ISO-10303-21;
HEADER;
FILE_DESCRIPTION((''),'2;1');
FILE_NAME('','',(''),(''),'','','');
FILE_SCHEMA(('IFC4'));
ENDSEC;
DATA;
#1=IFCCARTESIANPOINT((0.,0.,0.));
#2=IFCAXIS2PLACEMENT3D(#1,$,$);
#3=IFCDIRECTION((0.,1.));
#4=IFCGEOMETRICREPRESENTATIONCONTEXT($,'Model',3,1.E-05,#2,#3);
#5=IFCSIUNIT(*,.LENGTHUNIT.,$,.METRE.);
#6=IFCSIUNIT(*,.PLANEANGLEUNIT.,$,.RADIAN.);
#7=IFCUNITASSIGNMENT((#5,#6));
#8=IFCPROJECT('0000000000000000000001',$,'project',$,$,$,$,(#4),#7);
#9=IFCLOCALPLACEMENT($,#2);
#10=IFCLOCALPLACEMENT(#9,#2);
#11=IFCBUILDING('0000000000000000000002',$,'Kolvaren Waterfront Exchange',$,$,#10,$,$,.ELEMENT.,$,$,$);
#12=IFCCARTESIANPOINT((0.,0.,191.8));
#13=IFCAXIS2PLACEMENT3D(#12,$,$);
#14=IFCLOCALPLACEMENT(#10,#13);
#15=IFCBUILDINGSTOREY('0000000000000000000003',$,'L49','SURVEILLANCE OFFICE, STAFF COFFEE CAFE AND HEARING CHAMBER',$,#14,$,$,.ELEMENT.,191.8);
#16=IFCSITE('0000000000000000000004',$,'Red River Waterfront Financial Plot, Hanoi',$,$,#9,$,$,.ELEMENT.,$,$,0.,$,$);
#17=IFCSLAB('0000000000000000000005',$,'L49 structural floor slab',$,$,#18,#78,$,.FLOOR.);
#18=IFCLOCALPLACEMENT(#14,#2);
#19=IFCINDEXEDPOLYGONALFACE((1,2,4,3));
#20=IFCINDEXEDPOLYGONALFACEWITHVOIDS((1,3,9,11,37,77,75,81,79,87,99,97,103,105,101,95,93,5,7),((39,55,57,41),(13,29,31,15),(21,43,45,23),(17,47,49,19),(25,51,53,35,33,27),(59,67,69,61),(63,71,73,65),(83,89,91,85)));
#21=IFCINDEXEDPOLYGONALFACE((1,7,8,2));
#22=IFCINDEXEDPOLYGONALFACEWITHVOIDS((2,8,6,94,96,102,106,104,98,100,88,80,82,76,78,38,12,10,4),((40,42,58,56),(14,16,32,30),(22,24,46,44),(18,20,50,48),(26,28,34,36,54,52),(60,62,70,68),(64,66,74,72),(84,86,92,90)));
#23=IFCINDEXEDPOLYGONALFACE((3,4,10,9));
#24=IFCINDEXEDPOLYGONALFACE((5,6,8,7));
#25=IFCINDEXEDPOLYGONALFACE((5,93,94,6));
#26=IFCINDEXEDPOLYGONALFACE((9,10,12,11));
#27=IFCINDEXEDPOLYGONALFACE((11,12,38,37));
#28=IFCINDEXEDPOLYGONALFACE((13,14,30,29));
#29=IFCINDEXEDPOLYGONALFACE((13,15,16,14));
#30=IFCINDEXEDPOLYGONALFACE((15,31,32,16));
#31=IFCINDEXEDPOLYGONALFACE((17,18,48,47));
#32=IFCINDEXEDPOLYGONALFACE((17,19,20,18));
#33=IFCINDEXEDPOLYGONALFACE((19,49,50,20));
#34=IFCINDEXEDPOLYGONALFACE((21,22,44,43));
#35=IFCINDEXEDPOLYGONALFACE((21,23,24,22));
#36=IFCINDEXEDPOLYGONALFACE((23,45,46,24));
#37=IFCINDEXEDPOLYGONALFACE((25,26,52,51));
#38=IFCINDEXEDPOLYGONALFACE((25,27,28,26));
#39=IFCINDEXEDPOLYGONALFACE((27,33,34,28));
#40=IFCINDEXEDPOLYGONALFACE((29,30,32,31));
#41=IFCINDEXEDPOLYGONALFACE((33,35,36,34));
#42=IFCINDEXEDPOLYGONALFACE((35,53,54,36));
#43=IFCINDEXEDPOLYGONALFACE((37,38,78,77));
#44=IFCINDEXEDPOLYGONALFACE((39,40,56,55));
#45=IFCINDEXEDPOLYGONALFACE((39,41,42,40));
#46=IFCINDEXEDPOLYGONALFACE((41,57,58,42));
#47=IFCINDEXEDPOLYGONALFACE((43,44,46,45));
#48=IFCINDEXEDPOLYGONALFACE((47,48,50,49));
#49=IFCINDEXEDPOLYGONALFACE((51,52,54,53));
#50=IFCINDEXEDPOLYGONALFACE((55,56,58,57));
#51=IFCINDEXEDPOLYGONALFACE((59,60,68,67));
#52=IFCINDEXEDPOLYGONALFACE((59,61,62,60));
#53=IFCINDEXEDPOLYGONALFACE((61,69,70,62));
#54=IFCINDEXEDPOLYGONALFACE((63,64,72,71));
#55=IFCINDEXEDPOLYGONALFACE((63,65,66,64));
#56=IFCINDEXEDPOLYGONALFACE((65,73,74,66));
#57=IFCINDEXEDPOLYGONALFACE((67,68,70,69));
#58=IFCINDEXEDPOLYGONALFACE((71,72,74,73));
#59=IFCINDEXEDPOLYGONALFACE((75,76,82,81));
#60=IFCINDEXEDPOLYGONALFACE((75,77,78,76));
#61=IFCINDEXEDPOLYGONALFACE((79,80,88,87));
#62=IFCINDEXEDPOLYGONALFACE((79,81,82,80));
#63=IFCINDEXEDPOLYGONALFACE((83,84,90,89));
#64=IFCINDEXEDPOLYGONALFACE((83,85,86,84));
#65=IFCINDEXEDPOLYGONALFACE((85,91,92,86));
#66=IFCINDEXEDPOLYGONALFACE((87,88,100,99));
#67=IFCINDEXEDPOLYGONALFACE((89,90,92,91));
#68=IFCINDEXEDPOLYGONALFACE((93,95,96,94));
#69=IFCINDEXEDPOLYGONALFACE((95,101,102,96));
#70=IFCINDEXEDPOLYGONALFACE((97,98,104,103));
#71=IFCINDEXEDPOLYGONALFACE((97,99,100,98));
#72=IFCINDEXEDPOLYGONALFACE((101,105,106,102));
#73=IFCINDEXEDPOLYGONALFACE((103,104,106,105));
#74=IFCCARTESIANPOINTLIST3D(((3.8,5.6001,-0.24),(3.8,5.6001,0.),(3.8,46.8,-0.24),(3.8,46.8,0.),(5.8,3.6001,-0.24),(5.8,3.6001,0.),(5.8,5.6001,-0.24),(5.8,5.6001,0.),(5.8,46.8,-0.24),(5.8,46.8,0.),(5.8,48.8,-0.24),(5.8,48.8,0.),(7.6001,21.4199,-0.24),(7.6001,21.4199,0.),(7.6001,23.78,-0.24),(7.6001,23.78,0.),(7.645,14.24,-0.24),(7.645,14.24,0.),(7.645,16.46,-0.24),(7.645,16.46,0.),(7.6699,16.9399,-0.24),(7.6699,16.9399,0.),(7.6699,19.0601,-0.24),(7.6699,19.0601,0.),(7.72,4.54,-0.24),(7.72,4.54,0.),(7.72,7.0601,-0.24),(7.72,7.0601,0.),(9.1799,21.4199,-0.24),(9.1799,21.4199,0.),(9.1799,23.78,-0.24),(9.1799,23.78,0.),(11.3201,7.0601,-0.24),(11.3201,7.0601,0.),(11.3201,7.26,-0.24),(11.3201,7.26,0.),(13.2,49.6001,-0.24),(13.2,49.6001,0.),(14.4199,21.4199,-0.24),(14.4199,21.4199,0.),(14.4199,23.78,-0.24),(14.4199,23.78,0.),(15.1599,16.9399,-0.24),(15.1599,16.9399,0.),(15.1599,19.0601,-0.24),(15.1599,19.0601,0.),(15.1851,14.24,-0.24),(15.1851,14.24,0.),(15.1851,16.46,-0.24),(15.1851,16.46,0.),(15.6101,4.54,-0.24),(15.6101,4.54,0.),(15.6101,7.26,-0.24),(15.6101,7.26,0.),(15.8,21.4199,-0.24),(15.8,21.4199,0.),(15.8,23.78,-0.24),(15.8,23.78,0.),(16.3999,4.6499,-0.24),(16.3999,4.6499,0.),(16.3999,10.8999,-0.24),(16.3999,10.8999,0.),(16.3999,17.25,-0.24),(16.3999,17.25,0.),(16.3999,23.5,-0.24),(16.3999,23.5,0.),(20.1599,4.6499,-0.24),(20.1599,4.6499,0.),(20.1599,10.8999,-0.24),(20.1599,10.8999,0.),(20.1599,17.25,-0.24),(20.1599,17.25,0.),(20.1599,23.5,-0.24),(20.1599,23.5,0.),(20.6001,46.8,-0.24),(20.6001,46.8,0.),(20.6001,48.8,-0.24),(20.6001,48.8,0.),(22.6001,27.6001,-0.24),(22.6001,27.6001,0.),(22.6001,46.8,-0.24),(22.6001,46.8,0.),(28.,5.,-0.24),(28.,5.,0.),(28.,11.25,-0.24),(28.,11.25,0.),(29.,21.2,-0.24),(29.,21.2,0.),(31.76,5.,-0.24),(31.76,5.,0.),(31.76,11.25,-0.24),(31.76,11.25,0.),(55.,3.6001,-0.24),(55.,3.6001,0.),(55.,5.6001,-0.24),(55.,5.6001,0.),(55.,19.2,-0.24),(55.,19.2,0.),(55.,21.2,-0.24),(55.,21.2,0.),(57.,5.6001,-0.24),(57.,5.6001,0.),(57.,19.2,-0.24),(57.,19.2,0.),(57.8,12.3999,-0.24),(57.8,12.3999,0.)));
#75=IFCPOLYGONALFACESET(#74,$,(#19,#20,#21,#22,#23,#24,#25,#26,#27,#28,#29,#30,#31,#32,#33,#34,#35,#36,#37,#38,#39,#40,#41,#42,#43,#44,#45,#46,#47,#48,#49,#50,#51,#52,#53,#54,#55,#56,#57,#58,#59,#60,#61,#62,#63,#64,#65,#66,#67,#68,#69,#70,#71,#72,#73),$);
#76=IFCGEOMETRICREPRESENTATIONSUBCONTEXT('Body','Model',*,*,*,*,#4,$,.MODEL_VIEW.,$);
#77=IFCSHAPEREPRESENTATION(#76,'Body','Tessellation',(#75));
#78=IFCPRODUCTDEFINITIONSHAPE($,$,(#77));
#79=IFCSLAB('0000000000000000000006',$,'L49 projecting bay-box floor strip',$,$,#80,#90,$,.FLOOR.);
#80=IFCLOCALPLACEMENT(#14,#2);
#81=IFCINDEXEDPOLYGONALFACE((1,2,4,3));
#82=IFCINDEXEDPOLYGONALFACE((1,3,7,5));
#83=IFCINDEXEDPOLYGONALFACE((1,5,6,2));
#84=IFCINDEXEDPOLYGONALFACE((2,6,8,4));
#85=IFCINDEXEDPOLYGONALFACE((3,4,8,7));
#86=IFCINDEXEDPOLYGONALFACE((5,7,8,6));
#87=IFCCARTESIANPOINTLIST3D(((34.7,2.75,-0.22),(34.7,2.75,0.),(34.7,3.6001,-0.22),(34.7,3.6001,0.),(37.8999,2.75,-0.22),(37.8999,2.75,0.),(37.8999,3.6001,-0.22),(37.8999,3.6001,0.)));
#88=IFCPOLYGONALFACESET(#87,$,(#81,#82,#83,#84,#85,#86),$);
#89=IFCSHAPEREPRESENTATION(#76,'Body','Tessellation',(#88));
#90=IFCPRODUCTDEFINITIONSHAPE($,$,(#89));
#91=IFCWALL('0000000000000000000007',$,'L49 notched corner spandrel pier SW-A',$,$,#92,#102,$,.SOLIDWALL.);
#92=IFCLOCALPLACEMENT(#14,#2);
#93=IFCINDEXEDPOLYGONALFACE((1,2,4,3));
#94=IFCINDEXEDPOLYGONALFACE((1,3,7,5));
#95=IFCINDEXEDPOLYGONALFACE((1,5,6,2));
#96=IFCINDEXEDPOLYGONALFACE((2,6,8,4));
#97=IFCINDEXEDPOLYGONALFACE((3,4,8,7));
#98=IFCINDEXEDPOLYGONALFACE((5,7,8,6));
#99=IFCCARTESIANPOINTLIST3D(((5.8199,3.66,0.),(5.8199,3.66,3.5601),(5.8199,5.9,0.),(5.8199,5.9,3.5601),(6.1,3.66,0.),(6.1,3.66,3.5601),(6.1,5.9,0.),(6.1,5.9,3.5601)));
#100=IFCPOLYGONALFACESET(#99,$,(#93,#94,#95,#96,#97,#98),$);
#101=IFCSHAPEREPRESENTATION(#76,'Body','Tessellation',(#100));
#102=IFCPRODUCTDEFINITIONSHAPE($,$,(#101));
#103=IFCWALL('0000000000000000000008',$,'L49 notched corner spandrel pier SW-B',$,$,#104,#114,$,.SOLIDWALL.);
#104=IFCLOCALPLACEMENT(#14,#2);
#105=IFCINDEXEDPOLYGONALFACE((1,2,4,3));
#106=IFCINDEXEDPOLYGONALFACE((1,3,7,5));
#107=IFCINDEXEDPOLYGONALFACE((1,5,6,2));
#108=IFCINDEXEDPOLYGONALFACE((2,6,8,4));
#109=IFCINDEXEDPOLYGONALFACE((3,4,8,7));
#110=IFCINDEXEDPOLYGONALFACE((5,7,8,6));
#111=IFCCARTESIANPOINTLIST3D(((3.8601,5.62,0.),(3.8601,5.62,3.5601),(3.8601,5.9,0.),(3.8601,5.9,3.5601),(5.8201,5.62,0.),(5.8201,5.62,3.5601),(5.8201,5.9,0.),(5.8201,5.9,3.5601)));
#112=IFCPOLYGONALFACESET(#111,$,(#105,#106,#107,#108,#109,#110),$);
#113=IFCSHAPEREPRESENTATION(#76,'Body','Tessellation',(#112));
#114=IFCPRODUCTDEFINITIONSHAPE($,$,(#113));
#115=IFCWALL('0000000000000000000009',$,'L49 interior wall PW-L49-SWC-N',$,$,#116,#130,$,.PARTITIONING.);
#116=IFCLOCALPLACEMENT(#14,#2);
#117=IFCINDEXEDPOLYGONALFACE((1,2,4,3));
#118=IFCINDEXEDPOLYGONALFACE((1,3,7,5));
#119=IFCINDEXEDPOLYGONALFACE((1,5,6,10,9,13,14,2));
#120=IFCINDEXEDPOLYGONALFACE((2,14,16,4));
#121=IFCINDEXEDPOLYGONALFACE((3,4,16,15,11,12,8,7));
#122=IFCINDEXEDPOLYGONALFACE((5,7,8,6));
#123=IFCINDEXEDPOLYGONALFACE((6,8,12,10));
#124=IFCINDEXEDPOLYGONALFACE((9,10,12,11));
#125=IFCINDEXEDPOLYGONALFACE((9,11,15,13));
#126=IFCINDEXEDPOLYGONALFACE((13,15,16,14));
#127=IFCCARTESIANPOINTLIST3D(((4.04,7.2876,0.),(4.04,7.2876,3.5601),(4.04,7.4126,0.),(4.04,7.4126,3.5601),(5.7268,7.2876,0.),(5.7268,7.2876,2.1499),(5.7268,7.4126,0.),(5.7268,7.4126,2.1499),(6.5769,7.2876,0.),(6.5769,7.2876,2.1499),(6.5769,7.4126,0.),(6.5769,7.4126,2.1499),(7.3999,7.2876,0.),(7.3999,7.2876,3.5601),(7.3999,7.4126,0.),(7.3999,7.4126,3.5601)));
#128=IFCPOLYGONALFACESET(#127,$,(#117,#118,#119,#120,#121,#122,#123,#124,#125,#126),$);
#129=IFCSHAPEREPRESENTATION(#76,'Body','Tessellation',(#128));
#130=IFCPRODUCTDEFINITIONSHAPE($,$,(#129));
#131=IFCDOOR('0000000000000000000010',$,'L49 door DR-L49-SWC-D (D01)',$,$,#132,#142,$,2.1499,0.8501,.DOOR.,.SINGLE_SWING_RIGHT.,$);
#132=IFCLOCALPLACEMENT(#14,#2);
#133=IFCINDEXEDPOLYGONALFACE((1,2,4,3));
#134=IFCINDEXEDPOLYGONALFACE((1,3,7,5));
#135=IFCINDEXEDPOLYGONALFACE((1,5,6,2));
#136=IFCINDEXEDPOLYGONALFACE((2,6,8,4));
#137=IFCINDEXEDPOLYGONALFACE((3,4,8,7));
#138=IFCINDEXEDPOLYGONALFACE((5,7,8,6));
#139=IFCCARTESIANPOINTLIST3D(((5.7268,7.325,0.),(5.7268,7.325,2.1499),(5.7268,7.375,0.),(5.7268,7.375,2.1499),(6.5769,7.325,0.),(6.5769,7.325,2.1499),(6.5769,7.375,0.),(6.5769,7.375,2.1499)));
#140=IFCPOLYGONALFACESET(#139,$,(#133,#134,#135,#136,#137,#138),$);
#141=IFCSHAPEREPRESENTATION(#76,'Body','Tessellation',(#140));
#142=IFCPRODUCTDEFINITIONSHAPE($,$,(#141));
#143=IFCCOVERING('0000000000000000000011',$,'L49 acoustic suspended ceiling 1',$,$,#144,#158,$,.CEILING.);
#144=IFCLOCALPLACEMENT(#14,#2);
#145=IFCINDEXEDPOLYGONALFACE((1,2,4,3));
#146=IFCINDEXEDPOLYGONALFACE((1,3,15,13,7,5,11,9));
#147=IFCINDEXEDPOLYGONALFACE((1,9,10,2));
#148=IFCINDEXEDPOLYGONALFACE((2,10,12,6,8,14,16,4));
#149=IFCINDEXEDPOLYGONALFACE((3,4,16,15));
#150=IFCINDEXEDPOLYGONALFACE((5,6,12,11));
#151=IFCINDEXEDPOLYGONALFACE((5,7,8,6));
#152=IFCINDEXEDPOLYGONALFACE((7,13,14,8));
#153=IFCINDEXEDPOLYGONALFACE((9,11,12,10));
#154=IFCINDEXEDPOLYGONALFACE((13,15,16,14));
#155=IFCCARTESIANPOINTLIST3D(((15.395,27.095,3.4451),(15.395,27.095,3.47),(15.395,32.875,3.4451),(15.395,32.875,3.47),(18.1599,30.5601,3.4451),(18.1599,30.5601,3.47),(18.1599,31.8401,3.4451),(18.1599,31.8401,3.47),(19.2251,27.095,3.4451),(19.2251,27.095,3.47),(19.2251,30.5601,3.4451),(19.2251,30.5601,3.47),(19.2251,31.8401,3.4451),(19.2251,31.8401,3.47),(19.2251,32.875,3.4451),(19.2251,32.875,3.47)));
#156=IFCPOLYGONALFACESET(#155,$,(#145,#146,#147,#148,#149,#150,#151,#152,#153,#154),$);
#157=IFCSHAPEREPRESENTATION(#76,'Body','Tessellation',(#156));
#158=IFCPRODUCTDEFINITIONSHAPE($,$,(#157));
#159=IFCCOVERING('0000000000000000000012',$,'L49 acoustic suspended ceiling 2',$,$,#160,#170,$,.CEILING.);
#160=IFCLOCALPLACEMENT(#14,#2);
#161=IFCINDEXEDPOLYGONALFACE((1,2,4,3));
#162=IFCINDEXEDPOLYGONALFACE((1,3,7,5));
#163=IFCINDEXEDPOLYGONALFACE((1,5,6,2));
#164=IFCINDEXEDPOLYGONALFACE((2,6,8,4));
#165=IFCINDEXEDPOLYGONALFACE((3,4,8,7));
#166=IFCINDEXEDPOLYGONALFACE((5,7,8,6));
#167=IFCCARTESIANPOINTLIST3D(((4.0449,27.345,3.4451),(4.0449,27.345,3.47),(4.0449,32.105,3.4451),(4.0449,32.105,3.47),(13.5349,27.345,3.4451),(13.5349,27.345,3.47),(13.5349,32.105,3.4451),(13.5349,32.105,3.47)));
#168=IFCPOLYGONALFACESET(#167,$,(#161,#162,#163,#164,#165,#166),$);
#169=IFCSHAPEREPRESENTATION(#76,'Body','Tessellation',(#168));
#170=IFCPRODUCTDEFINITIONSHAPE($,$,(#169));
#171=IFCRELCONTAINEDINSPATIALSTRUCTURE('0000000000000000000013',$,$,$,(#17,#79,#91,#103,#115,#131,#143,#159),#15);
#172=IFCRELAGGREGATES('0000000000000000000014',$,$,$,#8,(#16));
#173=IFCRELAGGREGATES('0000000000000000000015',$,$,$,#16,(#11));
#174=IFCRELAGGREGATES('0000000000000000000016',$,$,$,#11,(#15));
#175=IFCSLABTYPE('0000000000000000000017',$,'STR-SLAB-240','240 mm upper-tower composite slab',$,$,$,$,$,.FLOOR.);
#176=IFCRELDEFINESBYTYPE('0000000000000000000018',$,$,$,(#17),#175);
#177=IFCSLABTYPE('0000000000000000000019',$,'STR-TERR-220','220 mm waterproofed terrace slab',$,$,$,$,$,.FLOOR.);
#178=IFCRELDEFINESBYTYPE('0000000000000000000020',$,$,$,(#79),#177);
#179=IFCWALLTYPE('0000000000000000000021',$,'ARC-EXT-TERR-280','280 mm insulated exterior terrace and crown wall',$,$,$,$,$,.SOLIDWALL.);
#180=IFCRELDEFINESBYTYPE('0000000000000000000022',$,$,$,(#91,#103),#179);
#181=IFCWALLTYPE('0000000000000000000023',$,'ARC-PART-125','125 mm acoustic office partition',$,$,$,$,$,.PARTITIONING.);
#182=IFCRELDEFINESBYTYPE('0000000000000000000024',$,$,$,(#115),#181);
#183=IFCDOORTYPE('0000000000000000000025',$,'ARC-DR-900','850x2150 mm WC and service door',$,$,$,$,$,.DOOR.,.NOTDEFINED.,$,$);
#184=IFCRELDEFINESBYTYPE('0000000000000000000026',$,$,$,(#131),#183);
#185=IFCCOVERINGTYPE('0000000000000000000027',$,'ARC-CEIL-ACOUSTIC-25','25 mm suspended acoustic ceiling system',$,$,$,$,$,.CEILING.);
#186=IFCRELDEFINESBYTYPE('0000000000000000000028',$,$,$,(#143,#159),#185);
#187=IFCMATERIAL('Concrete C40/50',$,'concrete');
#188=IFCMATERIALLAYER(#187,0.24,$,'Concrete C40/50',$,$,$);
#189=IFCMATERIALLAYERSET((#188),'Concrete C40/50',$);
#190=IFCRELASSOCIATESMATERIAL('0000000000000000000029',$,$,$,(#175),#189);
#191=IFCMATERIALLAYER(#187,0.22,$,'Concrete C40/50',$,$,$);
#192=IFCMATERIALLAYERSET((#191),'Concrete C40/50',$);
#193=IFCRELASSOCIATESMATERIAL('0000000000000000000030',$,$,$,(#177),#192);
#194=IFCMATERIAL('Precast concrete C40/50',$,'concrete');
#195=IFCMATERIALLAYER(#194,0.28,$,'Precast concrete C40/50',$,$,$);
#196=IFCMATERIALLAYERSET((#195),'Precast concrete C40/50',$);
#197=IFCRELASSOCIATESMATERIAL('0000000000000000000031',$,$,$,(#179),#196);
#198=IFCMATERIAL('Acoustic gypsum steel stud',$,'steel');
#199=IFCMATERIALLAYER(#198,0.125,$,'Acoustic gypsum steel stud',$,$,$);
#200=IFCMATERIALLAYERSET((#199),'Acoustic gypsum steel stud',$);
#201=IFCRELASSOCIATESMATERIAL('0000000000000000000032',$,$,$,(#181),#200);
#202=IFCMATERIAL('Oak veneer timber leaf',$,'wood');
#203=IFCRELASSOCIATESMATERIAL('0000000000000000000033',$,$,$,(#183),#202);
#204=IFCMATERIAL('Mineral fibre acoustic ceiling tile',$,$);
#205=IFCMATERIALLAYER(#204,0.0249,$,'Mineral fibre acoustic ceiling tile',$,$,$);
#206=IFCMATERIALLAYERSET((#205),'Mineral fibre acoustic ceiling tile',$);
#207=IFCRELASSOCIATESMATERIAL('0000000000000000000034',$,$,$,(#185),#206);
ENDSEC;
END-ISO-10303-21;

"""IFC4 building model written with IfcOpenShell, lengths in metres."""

from ifc_helpers import new_model, si_unit, direction, frame, frame_2d, origin, place, context, subcontext, project, spatial, polyline, rectangle, outline, extrude, material, layer, layer_set, type_object, element, fill, save


model = new_model("IFC4")

# Units and contexts
model_context = context("Model", 3, precision=1e-05, world=origin(), true_north=direction((0.0, 1.0)))
body_context = subcontext(model_context, "Body", "Model", "MODEL_VIEW")
ifc_project = project(units=[si_unit("LENGTHUNIT", "METRE"), si_unit("PLANEANGLEUNIT", "RADIAN")], contexts=[model_context])

# Site, building, storey
site_placement = place(None, origin())
site = spatial("IfcSite", under=ifc_project, at=site_placement, Name="Red River Waterfront Financial Plot, Hanoi", CompositionType="ELEMENT", RefElevation=0.0)
building_placement = place(site_placement, origin())
building = spatial("IfcBuilding", under=site, at=building_placement, Name="Kolvaren Waterfront Exchange", CompositionType="ELEMENT")
storey_placement = place(building_placement, frame((0.0, 0.0, 191.8)))
storey = spatial("IfcBuildingStorey", under=building, at=storey_placement, Name="L49", Description="SURVEILLANCE OFFICE, STAFF COFFEE CAFE AND HEARING CHAMBER", CompositionType="ELEMENT", Elevation=191.8)

# Shared definitions
ifc_material_1 = material(Name="Concrete C40/50", Category="concrete")

# Slabs
ifc_layer_1 = layer(ifc_material_1, 0.24, Name="Concrete C40/50")
ifc_layer_set_1 = layer_set([ifc_layer_1], Name="Concrete C40/50")
slab_type_1 = type_object("IfcSlabType", Name="STR-SLAB-240", Description="240 mm upper-tower composite slab", PredefinedType="FLOOR", material=ifc_layer_set_1)
slab_1_placement = place(storey_placement, frame((0.0, 0.0, -0.24)))
element("IfcSlab", 1, at=slab_1_placement, inside=storey, type_object=slab_type_1, Name="L49 structural floor slab", PredefinedType="FLOOR", context=body_context, shape_type="SweptSolid", body=[
    extrude(outline(polyline([(5.8, 3.6001), (55.0, 3.6001), (55.0, 5.6001), (57.0, 5.6001), (57.8, 12.3999), (57.0, 19.2), (55.0, 19.2), (55.0, 21.2), (29.0, 21.2), (22.6001, 27.6001), (22.6001, 46.8), (20.6001, 46.8), (20.6001, 48.8), (13.2, 49.6001), (5.8, 48.8), (5.8, 46.8), (3.8, 46.8), (3.8, 5.6001), (5.8, 5.6001), (5.8, 3.6001)]), holes=[polyline([(11.3201, 7.26), (15.6101, 7.26), (15.6101, 4.54), (7.72, 4.54), (7.72, 7.0601), (11.3201, 7.0601), (11.3201, 7.26)]), polyline([(20.1599, 10.8999), (20.1599, 4.6499), (16.3999, 4.6499), (16.3999, 10.8999), (20.1599, 10.8999)]), polyline([(31.76, 11.25), (31.76, 5.0), (28.0, 5.0), (28.0, 11.25), (31.76, 11.25)]), polyline([(15.1851, 14.24), (7.645, 14.24), (7.645, 16.46), (15.1851, 16.46), (15.1851, 14.24)]), polyline([(15.1599, 16.9399), (7.6699, 16.9399), (7.6699, 19.0601), (15.1599, 19.0601), (15.1599, 16.9399)]), polyline([(16.3999, 23.5), (20.1599, 23.5), (20.1599, 17.25), (16.3999, 17.25), (16.3999, 23.5)]), polyline([(7.6001, 23.78), (9.1799, 23.78), (9.1799, 21.4199), (7.6001, 21.4199), (7.6001, 23.78)]), polyline([(15.8, 23.78), (15.8, 21.4199), (14.4199, 21.4199), (14.4199, 23.78), (15.8, 23.78)])]), origin(), (0.0, 0.0, 1.0), 0.24),
])
ifc_layer_2 = layer(ifc_material_1, 0.22, Name="Concrete C40/50")
ifc_layer_set_2 = layer_set([ifc_layer_2], Name="Concrete C40/50")
slab_type_2 = type_object("IfcSlabType", Name="STR-TERR-220", Description="220 mm waterproofed terrace slab", PredefinedType="FLOOR", material=ifc_layer_set_2)
slab_2_placement = place(storey_placement, frame((0.0, 0.0, -0.22)))
element("IfcSlab", 2, at=slab_2_placement, inside=storey, type_object=slab_type_2, Name="L49 projecting bay-box floor strip", PredefinedType="FLOOR", context=body_context, shape_type="SweptSolid", body=[
    extrude(outline(polyline([(34.7, 2.75), (37.8999, 2.75), (37.8999, 3.6001), (34.7, 3.6001), (34.7, 2.75)])), origin(), (0.0, 0.0, 1.0), 0.22),
])

# Walls
ifc_material_2 = material(Name="Precast concrete C40/50", Category="concrete")
ifc_layer_3 = layer(ifc_material_2, 0.28, Name="Precast concrete C40/50")
ifc_layer_set_3 = layer_set([ifc_layer_3], Name="Precast concrete C40/50")
wall_type_1 = type_object("IfcWallType", Name="ARC-EXT-TERR-280", Description="280 mm insulated exterior terrace and crown wall", PredefinedType="SOLIDWALL", material=ifc_layer_set_3)
wall_1_placement = place(storey_placement, frame((5.96, 3.6599, 0.0), z_axis=(0.0, 0.0, 1.0), x_axis=(0.0, 1.0, 0.0)))
element("IfcWall", 3, at=wall_1_placement, inside=storey, type_object=wall_type_1, Name="L49 notched corner spandrel pier SW-A", PredefinedType="SOLIDWALL", context=body_context, shape_type="SweptSolid", body=[
    extrude(rectangle(XDim=2.24, YDim=0.28, at=frame_2d((1.1201, 0.0))), origin(), (0.0, 0.0, 1.0), 3.5601),
])
wall_2_placement = place(storey_placement, frame((3.8601, 5.76, 0.0), z_axis=(0.0, 0.0, 1.0), x_axis=(1.0, 0.0, 0.0)))
element("IfcWall", 4, at=wall_2_placement, inside=storey, type_object=wall_type_1, Name="L49 notched corner spandrel pier SW-B", PredefinedType="SOLIDWALL", context=body_context, shape_type="SweptSolid", body=[
    extrude(rectangle(XDim=1.96, YDim=0.28, at=frame_2d((0.98, 0.0))), origin(), (0.0, 0.0, 1.0), 3.5601),
])

# Wall, opening, door
ifc_material_3 = material(Name="Acoustic gypsum steel stud", Category="steel")
ifc_layer_4 = layer(ifc_material_3, 0.125, Name="Acoustic gypsum steel stud")
ifc_layer_set_4 = layer_set([ifc_layer_4], Name="Acoustic gypsum steel stud")
wall_type_2 = type_object("IfcWallType", Name="ARC-PART-125", Description="125 mm acoustic office partition", PredefinedType="PARTITIONING", material=ifc_layer_set_4)
wall_3_placement = place(storey_placement, frame((4.04, 7.3501, 0.0), z_axis=(0.0, 0.0, 1.0), x_axis=(1.0, 0.0, 0.0)))
wall_3 = element("IfcWall", 5, at=wall_3_placement, inside=storey, type_object=wall_type_2, Name="L49 interior wall PW-L49-SWC-N", PredefinedType="PARTITIONING", context=body_context, shape_type="SweptSolid", body=[
    extrude(rectangle(XDim=3.3599, YDim=0.125, at=frame_2d((1.6799, 0.0))), origin(), (0.0, 0.0, 1.0), 3.5601),
])
opening_placement = place(wall_3_placement, frame((1.6868, 0.0, 0.0)))
opening = element("IfcOpeningElement", 6, at=opening_placement, cuts=wall_3, PredefinedType="OPENING", context=body_context, shape_type="SweptSolid", body=[
    extrude(rectangle(XDim=0.8501, YDim=2.1499, at=frame_2d((0.425, 1.075))), frame((0.0, 0.0725, 0.0), z_axis=(0.0, -1.0, 0.0), x_axis=(1.0, 0.0, 0.0)), (0.0, 0.0, 1.0), 0.145),
])
ifc_material_4 = material(Name="Oak veneer timber leaf", Category="wood")
door_type = type_object("IfcDoorType", Name="ARC-DR-900", Description="850x2150 mm WC and service door", OperationType="NOTDEFINED", PredefinedType="DOOR", material=ifc_material_4)
door_placement = place(opening_placement, origin())
door = element("IfcDoor", 7, at=door_placement, inside=storey, type_object=door_type, Name="L49 door DR-L49-SWC-D (D01)", OperationType="SINGLE_SWING_RIGHT", OverallHeight=2.1499, OverallWidth=0.8501, PredefinedType="DOOR", context=body_context, shape_type="SweptSolid", body=[
    extrude(rectangle(XDim=0.8501, YDim=2.1499, at=frame_2d((0.425, 1.075))), frame((0.0, 0.0249, 0.0), z_axis=(0.0, -1.0, 0.0), x_axis=(1.0, 0.0, 0.0)), (0.0, 0.0, 1.0), 0.05),
])
fill(opening, door)

# Coverings
ifc_material_5 = material(Name="Mineral fibre acoustic ceiling tile")
ifc_layer_5 = layer(ifc_material_5, 0.0249, Name="Mineral fibre acoustic ceiling tile")
ifc_layer_set_5 = layer_set([ifc_layer_5], Name="Mineral fibre acoustic ceiling tile")
covering_type_1 = type_object("IfcCoveringType", Name="ARC-CEIL-ACOUSTIC-25", Description="25 mm suspended acoustic ceiling system", PredefinedType="CEILING", material=ifc_layer_set_5)
covering_1_placement = place(storey_placement, frame((0.0, 0.0, 3.4451)))
element("IfcCovering", 8, at=covering_1_placement, inside=storey, type_object=covering_type_1, Name="L49 acoustic suspended ceiling 1", PredefinedType="CEILING", context=body_context, shape_type="SweptSolid", body=[
    extrude(outline(polyline([(19.2251, 30.5601), (18.1599, 30.5601), (18.1599, 31.8401), (19.2251, 31.8401), (19.2251, 32.875), (15.395, 32.875), (15.395, 27.095), (19.2251, 27.095), (19.2251, 30.5601)])), origin(), (0.0, 0.0, 1.0), 0.0249),
])
covering_2_placement = place(storey_placement, frame((0.0, 0.0, 3.4451)))
element("IfcCovering", 9, at=covering_2_placement, inside=storey, type_object=covering_type_1, Name="L49 acoustic suspended ceiling 2", PredefinedType="CEILING", context=body_context, shape_type="SweptSolid", body=[
    extrude(outline(polyline([(13.5349, 27.345), (13.5349, 32.105), (4.0449, 32.105), (4.0449, 27.345), (13.5349, 27.345)])), origin(), (0.0, 0.0, 1.0), 0.0249),
])

save(model, "model.ifc")
